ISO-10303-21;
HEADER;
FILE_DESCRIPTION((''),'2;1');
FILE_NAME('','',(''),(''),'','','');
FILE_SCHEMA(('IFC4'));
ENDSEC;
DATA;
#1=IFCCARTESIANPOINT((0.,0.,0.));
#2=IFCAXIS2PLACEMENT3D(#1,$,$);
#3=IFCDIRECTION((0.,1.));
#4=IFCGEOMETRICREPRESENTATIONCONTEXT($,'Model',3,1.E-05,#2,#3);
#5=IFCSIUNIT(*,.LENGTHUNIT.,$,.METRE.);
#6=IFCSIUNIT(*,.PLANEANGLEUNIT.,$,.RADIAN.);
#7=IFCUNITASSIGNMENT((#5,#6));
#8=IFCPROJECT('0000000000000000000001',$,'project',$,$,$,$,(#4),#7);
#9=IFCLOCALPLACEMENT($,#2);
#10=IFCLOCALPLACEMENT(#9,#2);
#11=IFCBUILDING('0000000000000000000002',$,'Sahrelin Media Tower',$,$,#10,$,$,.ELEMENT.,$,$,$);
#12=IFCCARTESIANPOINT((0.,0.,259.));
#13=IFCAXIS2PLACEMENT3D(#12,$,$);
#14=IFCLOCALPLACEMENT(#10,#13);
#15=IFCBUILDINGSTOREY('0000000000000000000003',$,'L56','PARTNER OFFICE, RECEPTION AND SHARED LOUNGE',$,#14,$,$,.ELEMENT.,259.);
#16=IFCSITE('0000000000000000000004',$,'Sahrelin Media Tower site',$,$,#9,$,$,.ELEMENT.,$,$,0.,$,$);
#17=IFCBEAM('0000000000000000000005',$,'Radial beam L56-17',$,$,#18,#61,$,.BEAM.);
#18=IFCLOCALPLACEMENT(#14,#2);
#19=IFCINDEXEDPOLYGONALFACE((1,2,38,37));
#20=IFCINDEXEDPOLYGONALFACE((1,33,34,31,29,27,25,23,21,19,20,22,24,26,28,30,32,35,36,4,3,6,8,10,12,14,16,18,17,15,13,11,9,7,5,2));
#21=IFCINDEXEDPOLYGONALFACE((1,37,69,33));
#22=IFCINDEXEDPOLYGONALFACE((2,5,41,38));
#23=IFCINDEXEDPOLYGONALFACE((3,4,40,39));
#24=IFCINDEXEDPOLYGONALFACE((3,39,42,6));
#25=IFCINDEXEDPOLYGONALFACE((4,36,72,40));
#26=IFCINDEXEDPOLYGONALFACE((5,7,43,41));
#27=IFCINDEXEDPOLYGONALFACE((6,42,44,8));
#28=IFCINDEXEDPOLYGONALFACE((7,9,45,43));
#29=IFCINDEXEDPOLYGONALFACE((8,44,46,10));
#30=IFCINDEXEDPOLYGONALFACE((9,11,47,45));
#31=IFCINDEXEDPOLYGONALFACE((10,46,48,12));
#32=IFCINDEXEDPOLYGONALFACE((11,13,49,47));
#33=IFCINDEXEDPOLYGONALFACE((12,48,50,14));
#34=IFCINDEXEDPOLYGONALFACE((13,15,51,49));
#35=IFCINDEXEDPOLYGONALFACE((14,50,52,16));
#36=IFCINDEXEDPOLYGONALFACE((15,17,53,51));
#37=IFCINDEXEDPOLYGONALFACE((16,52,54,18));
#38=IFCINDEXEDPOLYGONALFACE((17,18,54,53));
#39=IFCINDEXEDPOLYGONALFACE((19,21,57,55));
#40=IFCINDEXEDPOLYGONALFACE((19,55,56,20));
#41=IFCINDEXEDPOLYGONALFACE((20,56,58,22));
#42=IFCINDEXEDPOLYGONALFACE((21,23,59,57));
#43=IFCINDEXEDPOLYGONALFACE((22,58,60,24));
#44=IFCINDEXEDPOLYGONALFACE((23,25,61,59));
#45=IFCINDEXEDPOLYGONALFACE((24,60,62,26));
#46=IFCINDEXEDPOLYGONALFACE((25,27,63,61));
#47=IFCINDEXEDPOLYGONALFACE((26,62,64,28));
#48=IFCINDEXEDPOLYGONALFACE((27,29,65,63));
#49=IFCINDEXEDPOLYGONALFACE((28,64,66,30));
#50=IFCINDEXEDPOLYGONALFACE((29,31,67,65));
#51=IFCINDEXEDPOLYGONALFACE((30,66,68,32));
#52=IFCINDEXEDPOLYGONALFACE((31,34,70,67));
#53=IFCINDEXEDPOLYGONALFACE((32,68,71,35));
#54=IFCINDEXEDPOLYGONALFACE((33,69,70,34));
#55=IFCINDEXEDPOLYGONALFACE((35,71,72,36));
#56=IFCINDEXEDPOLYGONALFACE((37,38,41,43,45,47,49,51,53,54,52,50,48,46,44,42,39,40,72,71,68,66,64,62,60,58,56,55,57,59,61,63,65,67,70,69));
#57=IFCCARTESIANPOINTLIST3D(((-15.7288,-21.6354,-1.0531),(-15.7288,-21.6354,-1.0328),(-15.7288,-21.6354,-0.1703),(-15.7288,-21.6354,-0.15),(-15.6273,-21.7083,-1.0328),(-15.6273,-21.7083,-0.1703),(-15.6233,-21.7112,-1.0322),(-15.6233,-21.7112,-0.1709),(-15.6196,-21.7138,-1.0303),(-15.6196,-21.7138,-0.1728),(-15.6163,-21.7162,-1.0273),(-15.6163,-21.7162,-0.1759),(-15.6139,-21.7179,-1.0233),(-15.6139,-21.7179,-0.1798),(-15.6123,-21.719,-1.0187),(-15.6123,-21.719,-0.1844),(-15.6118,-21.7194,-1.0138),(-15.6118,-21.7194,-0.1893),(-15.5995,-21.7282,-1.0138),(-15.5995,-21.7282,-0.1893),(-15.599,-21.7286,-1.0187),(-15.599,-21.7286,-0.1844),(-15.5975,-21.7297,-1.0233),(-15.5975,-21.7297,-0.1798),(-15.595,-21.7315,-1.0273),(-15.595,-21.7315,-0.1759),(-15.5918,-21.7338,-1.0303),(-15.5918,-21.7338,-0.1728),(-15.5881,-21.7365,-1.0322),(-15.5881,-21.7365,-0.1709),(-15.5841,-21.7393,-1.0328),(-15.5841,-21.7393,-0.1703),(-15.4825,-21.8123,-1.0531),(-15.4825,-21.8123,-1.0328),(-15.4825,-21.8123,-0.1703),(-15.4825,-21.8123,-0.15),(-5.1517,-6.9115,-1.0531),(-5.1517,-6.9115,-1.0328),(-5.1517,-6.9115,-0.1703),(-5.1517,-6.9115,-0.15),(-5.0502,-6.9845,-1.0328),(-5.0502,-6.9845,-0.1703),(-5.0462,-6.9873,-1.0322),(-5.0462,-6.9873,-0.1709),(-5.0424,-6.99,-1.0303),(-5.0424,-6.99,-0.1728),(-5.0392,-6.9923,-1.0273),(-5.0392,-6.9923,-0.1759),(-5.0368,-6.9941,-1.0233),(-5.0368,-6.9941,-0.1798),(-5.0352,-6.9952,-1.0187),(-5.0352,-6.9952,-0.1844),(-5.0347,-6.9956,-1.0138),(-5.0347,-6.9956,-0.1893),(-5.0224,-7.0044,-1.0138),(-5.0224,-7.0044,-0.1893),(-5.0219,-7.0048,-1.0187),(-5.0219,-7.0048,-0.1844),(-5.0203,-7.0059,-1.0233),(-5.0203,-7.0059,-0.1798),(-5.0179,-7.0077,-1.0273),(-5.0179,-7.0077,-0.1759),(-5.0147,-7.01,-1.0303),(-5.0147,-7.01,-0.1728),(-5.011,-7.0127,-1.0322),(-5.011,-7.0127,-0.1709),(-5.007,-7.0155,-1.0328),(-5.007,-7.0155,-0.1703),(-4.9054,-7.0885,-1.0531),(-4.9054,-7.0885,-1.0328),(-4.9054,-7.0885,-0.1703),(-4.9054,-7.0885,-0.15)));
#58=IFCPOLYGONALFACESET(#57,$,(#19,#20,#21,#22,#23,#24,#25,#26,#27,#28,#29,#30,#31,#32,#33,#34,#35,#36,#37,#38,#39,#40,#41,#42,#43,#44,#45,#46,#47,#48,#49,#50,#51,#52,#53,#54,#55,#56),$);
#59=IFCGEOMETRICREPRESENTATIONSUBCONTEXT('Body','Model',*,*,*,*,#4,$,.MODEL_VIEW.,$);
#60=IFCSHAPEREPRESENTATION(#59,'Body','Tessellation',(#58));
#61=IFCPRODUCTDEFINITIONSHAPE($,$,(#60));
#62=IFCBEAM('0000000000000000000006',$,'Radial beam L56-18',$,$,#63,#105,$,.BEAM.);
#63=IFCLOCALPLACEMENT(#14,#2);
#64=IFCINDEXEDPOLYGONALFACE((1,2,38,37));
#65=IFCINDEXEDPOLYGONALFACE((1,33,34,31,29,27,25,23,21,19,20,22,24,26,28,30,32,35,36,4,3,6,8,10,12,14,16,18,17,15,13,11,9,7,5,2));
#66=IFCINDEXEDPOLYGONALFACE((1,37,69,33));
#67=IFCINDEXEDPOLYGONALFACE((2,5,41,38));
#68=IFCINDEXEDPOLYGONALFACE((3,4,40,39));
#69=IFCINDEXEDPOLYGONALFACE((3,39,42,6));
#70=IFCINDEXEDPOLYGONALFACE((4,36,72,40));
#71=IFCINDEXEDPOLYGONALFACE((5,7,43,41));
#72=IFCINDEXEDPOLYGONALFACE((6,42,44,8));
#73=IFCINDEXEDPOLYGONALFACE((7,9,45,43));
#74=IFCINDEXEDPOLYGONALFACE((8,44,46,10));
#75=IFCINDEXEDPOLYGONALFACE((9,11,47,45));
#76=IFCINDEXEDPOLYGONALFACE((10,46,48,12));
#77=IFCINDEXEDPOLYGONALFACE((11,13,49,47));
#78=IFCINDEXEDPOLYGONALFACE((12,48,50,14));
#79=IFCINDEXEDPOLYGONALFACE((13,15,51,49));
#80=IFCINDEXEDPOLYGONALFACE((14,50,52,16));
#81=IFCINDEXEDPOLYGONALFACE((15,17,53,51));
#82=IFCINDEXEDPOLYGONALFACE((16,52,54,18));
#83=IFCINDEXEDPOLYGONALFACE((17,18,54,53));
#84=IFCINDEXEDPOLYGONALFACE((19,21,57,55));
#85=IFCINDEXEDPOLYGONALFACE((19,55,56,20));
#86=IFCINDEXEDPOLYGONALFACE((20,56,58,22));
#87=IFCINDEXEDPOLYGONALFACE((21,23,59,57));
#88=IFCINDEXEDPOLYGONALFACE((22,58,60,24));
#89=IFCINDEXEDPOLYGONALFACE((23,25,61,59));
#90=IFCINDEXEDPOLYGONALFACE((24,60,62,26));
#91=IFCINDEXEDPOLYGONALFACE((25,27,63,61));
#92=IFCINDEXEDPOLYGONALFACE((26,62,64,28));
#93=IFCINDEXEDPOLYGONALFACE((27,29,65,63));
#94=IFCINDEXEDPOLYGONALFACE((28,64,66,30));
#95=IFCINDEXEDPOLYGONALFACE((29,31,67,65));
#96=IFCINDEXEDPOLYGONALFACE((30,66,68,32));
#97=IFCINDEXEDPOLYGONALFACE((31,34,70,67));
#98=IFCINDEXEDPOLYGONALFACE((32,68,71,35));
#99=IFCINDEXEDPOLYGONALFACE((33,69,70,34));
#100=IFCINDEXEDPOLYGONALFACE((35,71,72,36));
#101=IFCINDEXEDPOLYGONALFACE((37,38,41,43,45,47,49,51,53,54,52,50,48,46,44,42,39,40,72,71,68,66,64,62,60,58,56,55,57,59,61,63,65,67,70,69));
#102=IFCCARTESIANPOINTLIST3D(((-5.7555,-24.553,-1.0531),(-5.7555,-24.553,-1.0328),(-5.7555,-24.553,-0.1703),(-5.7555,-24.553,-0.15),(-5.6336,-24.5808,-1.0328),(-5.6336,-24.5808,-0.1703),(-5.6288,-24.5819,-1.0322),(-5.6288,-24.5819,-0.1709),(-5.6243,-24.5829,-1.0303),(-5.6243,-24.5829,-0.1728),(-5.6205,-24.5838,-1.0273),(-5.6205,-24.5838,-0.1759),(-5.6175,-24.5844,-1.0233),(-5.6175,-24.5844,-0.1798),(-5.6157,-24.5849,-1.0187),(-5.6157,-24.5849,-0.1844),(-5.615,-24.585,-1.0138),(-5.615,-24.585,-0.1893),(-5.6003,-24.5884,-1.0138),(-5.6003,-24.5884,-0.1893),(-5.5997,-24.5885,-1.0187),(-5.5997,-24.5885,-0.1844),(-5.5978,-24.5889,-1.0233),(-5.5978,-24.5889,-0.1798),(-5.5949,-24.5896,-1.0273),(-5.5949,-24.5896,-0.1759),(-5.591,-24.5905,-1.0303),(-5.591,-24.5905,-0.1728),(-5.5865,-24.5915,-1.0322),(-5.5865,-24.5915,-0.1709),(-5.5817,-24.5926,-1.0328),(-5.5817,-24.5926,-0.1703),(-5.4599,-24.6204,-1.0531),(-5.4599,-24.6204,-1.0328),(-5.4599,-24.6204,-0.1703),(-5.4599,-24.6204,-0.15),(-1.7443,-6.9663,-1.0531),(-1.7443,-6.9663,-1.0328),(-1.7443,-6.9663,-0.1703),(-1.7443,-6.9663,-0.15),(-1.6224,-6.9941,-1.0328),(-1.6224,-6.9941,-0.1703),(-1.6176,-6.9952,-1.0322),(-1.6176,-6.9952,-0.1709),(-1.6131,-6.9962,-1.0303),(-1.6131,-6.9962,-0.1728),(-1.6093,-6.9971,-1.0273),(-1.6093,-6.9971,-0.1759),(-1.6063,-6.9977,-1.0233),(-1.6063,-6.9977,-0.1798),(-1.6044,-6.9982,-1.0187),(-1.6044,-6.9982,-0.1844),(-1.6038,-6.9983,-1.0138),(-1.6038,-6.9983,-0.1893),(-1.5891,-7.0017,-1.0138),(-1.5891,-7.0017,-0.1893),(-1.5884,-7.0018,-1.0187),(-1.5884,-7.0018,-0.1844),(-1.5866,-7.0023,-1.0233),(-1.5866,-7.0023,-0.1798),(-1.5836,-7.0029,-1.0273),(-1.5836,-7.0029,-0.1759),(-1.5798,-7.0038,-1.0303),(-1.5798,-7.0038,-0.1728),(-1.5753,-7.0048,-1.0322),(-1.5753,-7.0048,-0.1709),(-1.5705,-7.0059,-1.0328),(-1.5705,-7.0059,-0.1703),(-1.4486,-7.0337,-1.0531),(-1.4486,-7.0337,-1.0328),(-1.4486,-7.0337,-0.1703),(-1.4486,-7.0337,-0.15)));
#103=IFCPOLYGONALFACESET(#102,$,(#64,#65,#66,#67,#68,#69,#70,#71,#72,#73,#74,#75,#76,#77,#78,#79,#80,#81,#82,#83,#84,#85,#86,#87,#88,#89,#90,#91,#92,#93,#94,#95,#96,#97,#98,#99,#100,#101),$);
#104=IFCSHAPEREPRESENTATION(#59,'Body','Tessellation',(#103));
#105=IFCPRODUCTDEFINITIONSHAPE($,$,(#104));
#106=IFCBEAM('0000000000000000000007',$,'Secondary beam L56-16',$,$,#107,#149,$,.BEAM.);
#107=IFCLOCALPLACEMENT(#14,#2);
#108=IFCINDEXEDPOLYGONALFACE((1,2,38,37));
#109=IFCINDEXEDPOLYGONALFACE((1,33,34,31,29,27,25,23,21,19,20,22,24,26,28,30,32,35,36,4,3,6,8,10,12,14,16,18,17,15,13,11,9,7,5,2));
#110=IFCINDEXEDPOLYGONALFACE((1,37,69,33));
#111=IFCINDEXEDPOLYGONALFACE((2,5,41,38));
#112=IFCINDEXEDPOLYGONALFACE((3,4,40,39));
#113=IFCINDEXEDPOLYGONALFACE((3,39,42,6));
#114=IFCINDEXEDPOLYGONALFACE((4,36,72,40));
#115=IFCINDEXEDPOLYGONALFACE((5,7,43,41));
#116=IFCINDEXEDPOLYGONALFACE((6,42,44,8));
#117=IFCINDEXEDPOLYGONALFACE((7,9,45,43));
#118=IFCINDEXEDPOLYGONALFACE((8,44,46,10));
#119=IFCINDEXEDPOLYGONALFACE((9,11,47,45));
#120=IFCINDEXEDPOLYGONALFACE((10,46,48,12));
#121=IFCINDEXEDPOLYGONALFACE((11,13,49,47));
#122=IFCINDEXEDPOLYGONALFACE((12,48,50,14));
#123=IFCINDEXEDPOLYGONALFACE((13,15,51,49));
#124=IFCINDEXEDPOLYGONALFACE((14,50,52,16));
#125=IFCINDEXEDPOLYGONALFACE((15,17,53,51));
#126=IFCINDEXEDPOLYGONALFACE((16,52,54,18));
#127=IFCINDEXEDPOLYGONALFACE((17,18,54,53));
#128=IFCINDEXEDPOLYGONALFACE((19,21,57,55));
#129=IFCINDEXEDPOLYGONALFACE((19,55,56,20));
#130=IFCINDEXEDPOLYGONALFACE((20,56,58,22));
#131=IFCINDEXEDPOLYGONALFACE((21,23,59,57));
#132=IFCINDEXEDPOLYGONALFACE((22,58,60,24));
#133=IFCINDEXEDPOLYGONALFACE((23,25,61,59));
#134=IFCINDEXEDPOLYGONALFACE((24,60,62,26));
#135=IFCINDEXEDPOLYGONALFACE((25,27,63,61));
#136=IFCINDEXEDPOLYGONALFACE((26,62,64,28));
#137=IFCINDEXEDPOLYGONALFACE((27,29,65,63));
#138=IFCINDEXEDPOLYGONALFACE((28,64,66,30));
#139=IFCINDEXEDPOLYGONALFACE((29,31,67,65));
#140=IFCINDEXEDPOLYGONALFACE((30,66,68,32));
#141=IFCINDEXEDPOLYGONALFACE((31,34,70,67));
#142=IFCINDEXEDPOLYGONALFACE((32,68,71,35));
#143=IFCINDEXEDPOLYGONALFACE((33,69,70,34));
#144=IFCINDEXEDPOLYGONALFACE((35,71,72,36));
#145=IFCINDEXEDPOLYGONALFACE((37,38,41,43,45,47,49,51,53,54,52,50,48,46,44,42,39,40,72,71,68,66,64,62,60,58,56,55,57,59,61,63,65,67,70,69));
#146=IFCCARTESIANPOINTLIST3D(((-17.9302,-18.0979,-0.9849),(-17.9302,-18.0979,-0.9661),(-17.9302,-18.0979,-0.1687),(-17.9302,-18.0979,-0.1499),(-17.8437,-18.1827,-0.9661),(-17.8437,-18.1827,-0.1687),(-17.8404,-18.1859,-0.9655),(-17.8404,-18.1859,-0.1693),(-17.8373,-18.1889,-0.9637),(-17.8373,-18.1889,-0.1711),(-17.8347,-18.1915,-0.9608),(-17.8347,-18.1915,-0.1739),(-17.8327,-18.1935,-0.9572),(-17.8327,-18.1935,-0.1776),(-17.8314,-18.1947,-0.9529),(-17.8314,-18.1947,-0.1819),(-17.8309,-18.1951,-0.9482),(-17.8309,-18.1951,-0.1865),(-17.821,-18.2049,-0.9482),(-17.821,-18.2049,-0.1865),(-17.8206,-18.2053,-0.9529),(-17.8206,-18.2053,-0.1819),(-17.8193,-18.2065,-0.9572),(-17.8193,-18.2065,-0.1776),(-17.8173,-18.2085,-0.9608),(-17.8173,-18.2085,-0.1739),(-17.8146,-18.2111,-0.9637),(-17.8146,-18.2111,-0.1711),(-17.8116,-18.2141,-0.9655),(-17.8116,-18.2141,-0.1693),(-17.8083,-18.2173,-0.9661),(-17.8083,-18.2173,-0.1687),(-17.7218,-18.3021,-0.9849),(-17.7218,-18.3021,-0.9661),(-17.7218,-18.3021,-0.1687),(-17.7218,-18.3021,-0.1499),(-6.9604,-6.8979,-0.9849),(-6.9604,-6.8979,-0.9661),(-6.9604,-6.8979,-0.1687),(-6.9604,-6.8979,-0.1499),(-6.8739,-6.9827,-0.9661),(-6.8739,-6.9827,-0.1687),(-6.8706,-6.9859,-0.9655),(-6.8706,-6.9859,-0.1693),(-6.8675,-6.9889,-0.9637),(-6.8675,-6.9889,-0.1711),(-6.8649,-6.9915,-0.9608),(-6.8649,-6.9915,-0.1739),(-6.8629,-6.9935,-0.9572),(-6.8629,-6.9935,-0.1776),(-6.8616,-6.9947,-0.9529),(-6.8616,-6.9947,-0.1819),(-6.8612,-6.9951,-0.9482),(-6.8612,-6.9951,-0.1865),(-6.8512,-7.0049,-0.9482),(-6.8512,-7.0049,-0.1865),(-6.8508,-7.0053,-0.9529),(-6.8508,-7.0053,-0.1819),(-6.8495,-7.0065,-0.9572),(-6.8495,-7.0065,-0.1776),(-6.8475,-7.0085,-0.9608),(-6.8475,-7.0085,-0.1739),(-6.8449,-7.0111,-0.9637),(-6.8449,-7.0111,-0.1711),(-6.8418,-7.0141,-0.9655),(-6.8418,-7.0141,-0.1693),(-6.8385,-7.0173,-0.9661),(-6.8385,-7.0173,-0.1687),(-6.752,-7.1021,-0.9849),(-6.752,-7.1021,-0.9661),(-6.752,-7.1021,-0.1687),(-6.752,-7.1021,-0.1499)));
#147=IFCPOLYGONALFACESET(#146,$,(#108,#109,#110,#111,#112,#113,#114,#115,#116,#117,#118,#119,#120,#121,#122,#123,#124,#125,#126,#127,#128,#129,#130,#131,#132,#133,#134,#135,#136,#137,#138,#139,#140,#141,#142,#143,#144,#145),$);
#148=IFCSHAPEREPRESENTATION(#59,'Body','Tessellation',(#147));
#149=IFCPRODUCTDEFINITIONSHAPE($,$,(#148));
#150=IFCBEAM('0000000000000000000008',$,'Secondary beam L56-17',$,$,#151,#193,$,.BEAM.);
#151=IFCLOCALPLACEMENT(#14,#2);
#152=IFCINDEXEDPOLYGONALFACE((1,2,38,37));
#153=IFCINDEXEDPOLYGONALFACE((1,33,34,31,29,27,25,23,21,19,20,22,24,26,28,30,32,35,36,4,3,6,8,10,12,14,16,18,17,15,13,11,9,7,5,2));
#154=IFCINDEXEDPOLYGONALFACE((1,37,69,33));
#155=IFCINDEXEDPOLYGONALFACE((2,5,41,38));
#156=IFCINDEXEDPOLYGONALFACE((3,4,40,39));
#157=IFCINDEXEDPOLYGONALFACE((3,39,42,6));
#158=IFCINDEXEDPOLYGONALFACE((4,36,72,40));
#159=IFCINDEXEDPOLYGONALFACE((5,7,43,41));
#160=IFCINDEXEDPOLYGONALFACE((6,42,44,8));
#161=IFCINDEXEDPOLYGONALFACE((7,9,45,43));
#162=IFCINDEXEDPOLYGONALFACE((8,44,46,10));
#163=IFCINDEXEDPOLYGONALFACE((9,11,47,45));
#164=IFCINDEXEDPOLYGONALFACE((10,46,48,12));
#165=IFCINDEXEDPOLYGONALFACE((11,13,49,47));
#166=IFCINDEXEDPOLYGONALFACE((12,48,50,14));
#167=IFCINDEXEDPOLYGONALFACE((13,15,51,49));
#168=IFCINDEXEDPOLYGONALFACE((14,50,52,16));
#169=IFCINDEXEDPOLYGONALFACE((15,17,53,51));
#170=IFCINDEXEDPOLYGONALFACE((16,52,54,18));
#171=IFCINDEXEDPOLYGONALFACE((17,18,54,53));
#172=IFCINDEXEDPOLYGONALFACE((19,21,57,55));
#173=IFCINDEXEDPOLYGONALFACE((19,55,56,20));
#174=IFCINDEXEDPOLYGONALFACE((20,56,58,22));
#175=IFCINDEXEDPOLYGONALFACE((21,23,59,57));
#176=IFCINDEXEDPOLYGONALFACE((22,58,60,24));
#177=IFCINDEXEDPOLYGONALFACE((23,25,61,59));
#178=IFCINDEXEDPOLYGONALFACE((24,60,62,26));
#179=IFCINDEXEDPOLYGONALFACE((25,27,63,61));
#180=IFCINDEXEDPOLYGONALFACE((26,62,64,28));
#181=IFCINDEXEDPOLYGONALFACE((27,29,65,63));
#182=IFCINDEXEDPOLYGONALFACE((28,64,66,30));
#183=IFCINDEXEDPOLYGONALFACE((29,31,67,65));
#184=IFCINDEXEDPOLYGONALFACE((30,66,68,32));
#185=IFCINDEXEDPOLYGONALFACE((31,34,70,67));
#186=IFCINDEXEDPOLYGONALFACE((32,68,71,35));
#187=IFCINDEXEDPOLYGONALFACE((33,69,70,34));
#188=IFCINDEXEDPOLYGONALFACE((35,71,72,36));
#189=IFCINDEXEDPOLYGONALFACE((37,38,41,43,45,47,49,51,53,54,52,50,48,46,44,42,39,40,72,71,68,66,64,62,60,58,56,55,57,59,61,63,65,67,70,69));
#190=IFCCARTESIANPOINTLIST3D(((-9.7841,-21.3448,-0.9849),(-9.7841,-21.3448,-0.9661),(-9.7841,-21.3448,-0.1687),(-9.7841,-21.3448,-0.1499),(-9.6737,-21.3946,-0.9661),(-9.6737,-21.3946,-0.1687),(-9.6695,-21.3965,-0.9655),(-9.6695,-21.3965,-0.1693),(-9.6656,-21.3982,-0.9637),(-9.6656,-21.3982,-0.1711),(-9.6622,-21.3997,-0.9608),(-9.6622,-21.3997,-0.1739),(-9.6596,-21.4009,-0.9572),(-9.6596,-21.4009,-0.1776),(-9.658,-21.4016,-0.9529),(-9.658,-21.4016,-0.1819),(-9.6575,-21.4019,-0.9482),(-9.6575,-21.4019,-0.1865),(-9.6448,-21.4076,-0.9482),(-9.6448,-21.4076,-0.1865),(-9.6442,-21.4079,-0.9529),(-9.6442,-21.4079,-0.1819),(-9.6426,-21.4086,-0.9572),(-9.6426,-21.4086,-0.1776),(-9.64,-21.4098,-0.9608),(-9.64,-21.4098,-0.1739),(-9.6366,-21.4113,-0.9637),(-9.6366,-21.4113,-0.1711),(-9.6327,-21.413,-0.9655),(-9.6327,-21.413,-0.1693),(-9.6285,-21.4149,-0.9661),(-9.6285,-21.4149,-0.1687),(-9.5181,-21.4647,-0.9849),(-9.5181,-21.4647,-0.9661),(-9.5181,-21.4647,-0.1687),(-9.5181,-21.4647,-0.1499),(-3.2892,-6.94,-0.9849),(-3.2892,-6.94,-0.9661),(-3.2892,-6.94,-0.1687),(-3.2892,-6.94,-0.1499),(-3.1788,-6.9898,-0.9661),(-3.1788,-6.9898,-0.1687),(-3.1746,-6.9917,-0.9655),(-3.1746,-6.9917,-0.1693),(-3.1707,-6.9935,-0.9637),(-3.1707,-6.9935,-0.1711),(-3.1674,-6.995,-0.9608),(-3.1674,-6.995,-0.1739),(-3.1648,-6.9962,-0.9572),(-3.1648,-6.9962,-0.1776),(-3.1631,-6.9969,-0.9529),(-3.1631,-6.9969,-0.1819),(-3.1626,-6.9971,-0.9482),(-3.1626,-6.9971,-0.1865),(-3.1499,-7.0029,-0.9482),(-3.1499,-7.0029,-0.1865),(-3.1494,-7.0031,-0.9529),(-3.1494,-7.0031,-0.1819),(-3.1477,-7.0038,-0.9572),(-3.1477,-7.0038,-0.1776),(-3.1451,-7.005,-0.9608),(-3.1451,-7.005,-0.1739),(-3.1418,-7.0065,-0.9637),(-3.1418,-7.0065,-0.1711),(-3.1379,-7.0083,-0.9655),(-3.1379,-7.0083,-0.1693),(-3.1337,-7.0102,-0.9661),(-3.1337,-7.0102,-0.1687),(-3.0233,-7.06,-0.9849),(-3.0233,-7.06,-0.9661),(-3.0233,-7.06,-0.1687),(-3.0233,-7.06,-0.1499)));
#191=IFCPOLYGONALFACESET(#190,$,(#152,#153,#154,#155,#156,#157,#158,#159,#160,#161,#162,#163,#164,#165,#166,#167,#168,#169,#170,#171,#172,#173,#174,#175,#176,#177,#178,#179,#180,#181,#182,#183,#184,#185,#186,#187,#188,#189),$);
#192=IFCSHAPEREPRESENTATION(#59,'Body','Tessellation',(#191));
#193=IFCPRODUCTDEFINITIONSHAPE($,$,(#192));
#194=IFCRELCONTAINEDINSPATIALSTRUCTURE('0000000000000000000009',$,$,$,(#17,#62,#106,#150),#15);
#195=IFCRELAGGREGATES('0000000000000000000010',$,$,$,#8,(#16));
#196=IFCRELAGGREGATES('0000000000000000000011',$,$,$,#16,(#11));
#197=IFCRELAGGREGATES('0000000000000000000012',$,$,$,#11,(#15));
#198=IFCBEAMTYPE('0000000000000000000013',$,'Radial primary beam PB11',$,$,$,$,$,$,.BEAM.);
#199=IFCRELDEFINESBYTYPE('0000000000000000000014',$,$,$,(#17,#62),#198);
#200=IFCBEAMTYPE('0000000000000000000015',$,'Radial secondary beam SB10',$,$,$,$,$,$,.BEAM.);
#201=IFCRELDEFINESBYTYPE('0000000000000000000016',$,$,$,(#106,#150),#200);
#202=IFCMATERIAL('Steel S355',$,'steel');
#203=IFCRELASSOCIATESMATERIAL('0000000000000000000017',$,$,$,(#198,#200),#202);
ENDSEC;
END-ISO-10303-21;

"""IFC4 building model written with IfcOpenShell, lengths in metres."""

from ifc_helpers import new_model, si_unit, direction, frame, origin, origin_2d, place, context, subcontext, project, spatial, i_section, extrude, material, material_profile, profile_set, type_object, element, save


model = new_model("IFC4")

# Units and contexts
model_context = context("Model", 3, precision=1e-05, world=origin(), true_north=direction((0.0, 1.0)))
body_context = subcontext(model_context, "Body", "Model", "MODEL_VIEW")
ifc_project = project(units=[si_unit("LENGTHUNIT", "METRE"), si_unit("PLANEANGLEUNIT", "RADIAN")], contexts=[model_context])

# Site, building, storey
site_placement = place(None, origin())
site = spatial("IfcSite", under=ifc_project, at=site_placement, Name="Sahrelin Media Tower site", CompositionType="ELEMENT", RefElevation=0.0)
building_placement = place(site_placement, origin())
building = spatial("IfcBuilding", under=site, at=building_placement, Name="Sahrelin Media Tower", CompositionType="ELEMENT")
storey_placement = place(building_placement, frame((0.0, 0.0, 259.0)))
storey = spatial("IfcBuildingStorey", under=building, at=storey_placement, Name="L56", Description="PARTNER OFFICE, RECEPTION AND SHARED LOUNGE", CompositionType="ELEMENT", Elevation=259.0)

# Shared definitions
ifc_material_1 = material(Name="Steel S355", Category="steel")

# Beams
ifc_material_profile_1 = material_profile(ifc_material_1, i_section(OverallWidth=0.3032, OverallDepth=0.9031, WebThickness=0.0151, FlangeThickness=0.0203, FilletRadius=0.019, at=origin_2d()), Name="UB 914x305x201")
ifc_profile_set_1 = profile_set([ifc_material_profile_1], Name="Steel S355")
beam_type_1 = type_object("IfcBeamType", Name="Radial primary beam PB11", PredefinedType="BEAM", material=ifc_profile_set_1)
beam_1_placement = place(storey_placement, frame((-5.0286, -7.0, -0.6016), z_axis=(-0.583431, -0.812163, 0.0), x_axis=(0.812163, -0.583431, 0.0)))
element("IfcBeam", 1, at=beam_1_placement, inside=storey, type_object=beam_type_1, Name="Radial beam L56-17", PredefinedType="BEAM", context=body_context, shape_type="SweptSolid", body=[
    extrude(i_section(OverallWidth=0.3032, OverallDepth=0.9031, WebThickness=0.0151, FlangeThickness=0.0203, FilletRadius=0.019, at=origin_2d()), origin(), (0.0, 0.0, 1.0), 18.1292),
])
beam_2_placement = place(storey_placement, frame((-1.5964, -7.0, -0.6016), z_axis=(-0.222373, -0.974962, 0.0), x_axis=(0.974962, -0.222373, 0.0)))
element("IfcBeam", 2, at=beam_2_placement, inside=storey, type_object=beam_type_1, Name="Radial beam L56-18", PredefinedType="BEAM", context=body_context, shape_type="SweptSolid", body=[
    extrude(i_section(OverallWidth=0.3032, OverallDepth=0.9031, WebThickness=0.0151, FlangeThickness=0.0203, FilletRadius=0.019, at=origin_2d()), origin(), (0.0, 0.0, 1.0), 18.0383),
])
ifc_material_profile_2 = material_profile(ifc_material_1, i_section(OverallWidth=0.2917, OverallDepth=0.835, WebThickness=0.0139, FlangeThickness=0.0188, FilletRadius=0.0178, at=origin_2d()), Name="UB 838x292x176")
ifc_profile_set_2 = profile_set([ifc_material_profile_2], Name="Steel S355")
beam_type_2 = type_object("IfcBeamType", Name="Radial secondary beam SB10", PredefinedType="BEAM", material=ifc_profile_set_2)
beam_3_placement = place(storey_placement, frame((-6.8562, -7.0, -0.5674), z_axis=(-0.699726, -0.714411, 0.0), x_axis=(0.714411, -0.699726, 0.0)))
element("IfcBeam", 3, at=beam_3_placement, inside=storey, type_object=beam_type_2, Name="Secondary beam L56-16", PredefinedType="BEAM", context=body_context, shape_type="SweptSolid", body=[
    extrude(i_section(OverallWidth=0.2917, OverallDepth=0.835, WebThickness=0.0139, FlangeThickness=0.0188, FilletRadius=0.0178, at=origin_2d()), origin(), (0.0, 0.0, 1.0), 15.6772),
])
beam_4_placement = place(storey_placement, frame((-3.1562, -7.0, -0.5674), z_axis=(-0.411034, -0.91162, 0.0), x_axis=(0.91162, -0.411034, 0.0)))
element("IfcBeam", 4, at=beam_4_placement, inside=storey, type_object=beam_type_2, Name="Secondary beam L56-17", PredefinedType="BEAM", context=body_context, shape_type="SweptSolid", body=[
    extrude(i_section(OverallWidth=0.2917, OverallDepth=0.835, WebThickness=0.0139, FlangeThickness=0.0188, FilletRadius=0.0178, at=origin_2d()), origin(), (0.0, 0.0, 1.0), 15.8013),
])

save(model, "model.ifc")
